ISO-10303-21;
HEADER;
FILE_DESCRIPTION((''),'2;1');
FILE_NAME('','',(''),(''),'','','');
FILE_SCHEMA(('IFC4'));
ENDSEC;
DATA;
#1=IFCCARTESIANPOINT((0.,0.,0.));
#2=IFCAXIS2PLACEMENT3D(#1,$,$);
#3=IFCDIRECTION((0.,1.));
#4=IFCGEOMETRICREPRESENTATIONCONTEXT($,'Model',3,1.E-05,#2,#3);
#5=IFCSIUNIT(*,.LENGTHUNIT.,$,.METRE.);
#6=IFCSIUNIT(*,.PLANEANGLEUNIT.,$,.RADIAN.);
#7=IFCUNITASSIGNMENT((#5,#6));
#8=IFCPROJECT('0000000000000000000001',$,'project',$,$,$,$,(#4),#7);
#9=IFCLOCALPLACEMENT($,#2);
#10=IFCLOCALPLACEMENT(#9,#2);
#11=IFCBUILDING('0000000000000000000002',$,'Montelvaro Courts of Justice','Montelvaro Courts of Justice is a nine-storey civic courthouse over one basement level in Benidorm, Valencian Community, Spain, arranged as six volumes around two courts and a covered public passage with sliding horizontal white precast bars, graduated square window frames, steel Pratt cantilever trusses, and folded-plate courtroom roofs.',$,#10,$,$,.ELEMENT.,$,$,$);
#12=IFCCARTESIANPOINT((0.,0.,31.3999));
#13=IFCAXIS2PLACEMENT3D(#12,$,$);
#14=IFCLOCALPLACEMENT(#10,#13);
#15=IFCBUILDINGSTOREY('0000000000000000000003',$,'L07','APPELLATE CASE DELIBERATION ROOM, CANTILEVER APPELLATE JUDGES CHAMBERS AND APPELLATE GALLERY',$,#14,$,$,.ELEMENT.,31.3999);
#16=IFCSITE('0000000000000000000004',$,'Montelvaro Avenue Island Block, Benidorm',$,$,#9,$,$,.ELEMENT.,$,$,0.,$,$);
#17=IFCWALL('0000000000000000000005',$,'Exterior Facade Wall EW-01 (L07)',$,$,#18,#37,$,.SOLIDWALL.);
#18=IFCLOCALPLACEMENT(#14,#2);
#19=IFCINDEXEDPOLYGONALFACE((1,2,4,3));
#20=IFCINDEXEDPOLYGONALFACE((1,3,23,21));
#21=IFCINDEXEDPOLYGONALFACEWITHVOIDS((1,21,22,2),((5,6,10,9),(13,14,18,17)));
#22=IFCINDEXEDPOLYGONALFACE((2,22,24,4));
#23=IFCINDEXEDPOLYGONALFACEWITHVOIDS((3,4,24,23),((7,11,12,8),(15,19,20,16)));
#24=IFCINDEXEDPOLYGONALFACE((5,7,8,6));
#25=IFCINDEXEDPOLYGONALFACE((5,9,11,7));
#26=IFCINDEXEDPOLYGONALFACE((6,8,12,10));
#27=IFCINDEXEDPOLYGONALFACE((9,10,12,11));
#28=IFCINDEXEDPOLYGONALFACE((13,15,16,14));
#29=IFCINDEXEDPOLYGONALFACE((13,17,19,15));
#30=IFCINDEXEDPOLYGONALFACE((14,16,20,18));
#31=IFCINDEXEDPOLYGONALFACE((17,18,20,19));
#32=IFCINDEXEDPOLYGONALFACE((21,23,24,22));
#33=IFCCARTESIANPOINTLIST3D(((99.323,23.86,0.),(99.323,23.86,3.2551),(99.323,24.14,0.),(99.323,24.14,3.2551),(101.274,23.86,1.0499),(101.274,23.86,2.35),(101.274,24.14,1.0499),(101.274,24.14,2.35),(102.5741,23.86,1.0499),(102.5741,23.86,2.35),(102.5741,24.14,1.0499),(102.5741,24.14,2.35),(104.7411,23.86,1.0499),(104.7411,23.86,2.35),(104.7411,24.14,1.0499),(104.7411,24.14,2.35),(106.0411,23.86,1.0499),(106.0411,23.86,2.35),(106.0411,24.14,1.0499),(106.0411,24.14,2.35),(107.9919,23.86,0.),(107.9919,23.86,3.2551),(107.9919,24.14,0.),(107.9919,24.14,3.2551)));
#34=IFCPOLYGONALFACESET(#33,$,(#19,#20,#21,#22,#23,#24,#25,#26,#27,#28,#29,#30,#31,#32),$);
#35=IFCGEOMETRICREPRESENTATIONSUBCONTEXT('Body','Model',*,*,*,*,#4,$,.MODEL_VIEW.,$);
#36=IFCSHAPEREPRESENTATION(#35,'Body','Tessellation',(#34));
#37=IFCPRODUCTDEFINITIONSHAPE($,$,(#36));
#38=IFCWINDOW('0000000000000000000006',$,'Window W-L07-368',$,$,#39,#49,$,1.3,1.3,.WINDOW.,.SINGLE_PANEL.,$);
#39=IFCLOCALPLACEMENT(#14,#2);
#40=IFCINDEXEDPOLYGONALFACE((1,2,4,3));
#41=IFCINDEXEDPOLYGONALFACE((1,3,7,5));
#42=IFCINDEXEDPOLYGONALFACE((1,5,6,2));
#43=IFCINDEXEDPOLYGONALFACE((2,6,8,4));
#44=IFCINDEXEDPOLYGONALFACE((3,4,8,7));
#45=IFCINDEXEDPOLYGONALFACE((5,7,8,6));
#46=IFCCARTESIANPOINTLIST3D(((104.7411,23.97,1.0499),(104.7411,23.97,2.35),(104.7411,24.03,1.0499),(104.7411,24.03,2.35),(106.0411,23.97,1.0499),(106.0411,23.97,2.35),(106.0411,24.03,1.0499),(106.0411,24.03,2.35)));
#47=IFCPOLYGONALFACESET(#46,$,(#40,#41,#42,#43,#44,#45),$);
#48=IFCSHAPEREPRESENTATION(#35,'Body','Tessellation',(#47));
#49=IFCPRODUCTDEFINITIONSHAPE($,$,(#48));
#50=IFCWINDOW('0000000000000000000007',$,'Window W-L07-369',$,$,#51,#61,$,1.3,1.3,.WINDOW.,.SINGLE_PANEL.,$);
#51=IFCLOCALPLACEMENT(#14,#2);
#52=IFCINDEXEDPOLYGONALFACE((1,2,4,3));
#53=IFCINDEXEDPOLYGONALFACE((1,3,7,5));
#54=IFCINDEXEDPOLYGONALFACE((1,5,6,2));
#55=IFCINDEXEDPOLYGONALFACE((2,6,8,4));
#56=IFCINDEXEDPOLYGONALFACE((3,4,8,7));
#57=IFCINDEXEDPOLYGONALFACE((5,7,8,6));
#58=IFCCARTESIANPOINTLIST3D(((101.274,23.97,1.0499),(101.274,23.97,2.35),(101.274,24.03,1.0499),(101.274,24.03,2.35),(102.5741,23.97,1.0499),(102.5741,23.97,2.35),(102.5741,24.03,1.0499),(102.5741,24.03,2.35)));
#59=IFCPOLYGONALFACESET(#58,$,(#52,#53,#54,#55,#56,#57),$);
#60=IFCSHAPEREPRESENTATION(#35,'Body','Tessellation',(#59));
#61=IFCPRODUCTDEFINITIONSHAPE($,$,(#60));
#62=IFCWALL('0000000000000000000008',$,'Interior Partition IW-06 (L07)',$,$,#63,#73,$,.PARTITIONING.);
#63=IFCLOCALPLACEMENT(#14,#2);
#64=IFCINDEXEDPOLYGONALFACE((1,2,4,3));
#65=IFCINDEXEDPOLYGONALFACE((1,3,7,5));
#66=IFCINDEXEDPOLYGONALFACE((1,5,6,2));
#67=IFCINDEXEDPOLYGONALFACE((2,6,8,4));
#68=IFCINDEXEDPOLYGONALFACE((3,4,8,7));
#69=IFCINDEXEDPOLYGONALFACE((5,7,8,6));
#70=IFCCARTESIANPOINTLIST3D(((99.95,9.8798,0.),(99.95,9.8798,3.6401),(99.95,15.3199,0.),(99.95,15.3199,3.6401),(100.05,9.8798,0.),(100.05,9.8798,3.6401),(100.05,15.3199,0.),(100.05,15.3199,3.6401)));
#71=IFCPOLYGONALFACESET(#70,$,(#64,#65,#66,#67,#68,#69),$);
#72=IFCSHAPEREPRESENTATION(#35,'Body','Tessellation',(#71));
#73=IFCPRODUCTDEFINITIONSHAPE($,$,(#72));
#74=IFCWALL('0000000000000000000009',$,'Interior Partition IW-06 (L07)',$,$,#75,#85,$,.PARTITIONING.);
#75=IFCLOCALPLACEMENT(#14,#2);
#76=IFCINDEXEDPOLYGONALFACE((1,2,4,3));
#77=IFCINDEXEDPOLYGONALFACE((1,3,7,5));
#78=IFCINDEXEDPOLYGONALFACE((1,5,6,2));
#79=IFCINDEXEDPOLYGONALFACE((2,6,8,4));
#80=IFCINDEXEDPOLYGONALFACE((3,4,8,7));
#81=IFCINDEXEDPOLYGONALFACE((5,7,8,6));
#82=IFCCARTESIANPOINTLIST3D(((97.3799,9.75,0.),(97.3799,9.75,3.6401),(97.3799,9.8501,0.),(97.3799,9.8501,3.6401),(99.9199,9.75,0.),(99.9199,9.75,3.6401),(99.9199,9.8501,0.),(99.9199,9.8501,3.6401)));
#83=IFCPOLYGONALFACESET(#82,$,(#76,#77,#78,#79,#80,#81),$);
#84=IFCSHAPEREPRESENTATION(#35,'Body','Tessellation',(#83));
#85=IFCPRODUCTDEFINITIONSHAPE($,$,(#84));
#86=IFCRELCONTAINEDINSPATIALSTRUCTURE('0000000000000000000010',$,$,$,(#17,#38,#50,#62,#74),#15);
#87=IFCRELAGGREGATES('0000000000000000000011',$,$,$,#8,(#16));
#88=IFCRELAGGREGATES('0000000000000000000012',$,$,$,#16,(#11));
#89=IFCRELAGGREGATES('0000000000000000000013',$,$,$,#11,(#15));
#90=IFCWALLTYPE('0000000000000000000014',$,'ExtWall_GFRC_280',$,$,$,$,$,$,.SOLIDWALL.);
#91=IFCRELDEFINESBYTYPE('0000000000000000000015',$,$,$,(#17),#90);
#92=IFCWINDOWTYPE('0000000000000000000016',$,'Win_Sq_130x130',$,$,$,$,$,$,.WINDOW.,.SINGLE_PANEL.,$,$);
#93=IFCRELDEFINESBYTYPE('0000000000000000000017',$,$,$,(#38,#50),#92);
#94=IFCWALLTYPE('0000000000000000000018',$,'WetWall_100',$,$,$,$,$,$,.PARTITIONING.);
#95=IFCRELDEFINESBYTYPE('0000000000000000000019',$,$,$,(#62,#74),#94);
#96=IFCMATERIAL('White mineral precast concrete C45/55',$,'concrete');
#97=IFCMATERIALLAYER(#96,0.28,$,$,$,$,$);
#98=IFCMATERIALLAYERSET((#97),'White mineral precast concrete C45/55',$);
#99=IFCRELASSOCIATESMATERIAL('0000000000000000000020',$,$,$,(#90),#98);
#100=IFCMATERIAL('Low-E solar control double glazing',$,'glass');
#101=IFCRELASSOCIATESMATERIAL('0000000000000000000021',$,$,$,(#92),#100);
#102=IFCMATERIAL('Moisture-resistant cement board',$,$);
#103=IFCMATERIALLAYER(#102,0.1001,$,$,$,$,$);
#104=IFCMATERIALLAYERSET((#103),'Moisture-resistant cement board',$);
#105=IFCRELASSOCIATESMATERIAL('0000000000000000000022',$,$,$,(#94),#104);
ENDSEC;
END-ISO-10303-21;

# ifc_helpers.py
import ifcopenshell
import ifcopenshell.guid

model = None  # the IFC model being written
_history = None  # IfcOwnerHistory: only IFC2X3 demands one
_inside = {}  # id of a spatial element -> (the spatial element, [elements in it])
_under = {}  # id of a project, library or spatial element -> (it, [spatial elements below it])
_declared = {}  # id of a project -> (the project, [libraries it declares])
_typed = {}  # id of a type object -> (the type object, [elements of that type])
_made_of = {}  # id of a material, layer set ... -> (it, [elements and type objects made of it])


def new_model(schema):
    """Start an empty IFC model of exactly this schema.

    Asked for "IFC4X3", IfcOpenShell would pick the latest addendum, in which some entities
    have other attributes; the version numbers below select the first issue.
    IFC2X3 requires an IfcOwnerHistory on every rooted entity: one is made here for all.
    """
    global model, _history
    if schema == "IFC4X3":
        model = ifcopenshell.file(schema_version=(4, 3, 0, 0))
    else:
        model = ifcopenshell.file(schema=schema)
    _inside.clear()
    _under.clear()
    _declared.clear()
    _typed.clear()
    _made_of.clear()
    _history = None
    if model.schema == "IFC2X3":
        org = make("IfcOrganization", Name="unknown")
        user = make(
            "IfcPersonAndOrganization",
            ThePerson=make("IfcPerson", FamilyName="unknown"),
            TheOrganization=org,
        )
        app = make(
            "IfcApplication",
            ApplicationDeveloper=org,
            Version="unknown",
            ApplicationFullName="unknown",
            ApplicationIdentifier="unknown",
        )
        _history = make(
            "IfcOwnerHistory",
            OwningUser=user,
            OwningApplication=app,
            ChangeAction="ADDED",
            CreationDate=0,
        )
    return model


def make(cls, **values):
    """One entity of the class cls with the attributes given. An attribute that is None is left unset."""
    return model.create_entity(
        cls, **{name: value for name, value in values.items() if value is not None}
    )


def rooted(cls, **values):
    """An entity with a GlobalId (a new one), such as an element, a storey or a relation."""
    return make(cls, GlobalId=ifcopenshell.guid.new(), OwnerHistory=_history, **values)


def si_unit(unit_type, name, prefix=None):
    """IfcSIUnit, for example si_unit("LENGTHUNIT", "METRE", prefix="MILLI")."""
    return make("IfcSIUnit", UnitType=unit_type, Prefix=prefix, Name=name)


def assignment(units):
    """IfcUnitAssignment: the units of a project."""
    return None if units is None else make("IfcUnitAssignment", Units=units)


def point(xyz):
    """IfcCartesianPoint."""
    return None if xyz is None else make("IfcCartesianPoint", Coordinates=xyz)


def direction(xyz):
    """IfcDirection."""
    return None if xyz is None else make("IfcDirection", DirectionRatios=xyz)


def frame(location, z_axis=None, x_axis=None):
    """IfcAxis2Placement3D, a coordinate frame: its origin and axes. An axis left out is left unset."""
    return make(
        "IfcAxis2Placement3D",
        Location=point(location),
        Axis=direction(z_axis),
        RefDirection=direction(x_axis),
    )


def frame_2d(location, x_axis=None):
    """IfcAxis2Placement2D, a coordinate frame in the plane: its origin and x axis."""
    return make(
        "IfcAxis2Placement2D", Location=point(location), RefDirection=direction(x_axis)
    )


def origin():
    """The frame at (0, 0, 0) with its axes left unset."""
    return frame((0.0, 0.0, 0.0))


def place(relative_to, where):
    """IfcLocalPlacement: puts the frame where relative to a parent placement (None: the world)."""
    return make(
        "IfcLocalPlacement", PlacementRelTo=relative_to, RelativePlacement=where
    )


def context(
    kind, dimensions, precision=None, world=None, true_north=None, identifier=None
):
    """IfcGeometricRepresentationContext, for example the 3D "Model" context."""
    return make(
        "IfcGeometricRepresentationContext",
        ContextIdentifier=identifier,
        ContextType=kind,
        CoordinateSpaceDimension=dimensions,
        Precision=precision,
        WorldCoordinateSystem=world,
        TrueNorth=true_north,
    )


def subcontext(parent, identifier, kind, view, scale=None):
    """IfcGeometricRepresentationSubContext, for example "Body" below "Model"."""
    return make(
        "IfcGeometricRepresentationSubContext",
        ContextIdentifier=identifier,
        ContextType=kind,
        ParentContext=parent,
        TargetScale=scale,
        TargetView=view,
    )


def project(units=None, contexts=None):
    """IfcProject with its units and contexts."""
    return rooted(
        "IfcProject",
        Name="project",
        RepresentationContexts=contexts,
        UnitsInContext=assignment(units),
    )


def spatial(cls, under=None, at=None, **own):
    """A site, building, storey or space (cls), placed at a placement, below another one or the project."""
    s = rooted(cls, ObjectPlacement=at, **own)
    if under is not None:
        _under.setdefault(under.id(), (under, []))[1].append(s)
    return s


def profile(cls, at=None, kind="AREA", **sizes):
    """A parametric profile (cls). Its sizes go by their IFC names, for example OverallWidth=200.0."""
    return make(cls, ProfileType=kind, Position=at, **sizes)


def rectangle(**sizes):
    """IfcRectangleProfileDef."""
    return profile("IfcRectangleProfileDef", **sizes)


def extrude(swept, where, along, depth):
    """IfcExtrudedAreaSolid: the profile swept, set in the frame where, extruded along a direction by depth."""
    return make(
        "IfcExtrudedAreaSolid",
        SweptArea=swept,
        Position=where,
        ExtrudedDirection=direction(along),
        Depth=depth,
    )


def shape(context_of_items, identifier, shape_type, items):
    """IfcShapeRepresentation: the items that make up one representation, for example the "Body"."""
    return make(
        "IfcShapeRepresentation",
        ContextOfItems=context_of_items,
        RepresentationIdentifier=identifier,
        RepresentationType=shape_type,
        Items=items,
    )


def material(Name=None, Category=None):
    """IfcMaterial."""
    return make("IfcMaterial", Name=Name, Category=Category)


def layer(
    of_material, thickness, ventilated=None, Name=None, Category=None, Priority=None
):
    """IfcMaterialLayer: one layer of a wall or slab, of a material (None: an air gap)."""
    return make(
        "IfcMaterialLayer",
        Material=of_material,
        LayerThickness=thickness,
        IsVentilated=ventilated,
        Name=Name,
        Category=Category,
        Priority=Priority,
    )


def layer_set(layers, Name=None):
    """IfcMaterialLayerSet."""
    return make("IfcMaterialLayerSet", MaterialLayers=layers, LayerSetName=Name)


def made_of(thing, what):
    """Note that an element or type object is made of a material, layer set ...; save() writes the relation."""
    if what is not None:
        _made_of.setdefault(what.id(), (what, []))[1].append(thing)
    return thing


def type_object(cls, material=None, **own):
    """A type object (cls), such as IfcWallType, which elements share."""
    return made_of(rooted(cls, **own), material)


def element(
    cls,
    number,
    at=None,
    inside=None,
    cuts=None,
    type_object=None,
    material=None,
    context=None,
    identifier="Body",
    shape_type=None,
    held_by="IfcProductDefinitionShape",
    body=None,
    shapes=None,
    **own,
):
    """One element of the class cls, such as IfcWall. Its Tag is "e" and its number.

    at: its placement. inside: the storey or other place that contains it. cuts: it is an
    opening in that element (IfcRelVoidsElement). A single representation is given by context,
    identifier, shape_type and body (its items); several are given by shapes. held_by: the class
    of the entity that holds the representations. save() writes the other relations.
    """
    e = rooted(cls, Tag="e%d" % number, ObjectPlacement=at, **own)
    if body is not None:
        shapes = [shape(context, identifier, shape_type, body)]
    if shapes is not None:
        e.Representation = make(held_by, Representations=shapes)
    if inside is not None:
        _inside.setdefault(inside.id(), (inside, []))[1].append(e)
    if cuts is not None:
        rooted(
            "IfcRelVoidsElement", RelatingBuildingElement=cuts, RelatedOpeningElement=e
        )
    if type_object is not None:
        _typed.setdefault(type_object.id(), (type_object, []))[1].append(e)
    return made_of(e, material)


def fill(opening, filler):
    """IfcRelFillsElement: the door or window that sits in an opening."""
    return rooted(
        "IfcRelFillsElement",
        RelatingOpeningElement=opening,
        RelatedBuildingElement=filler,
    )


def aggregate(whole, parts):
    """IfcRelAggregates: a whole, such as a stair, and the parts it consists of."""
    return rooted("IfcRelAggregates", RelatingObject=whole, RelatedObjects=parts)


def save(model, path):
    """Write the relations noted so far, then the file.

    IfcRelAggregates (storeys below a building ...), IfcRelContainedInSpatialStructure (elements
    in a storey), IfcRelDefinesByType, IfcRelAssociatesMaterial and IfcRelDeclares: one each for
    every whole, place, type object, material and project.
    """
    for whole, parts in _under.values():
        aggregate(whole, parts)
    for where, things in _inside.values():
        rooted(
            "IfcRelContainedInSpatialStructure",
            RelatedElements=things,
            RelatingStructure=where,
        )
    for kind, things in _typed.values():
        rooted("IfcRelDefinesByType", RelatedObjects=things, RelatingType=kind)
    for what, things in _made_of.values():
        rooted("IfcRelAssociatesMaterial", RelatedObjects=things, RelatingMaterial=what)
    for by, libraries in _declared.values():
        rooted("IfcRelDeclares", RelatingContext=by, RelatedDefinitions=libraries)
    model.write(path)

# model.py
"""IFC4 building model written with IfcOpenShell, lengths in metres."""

from ifc_helpers import new_model, si_unit, direction, frame, frame_2d, origin, place, context, subcontext, project, spatial, rectangle, extrude, material, layer, layer_set, type_object, element, fill, save


model = new_model("IFC4")

# Units and contexts
model_context = context("Model", 3, precision=1e-05, world=origin(), true_north=direction((0.0, 1.0)))
body_context = subcontext(model_context, "Body", "Model", "MODEL_VIEW")
ifc_project = project(units=[si_unit("LENGTHUNIT", "METRE"), si_unit("PLANEANGLEUNIT", "RADIAN")], contexts=[model_context])

# Site, building, storey
site_placement = place(None, origin())
site = spatial("IfcSite", under=ifc_project, at=site_placement, Name="Montelvaro Avenue Island Block, Benidorm", CompositionType="ELEMENT", RefElevation=0.0)
building_placement = place(site_placement, origin())
building = spatial("IfcBuilding", under=site, at=building_placement, Name="Montelvaro Courts of Justice", Description="Montelvaro Courts of Justice is a nine-storey civic courthouse over one basement level in Benidorm, Valencian Community, Spain, arranged as six volumes around two courts and a covered public passage with sliding horizontal white precast bars, graduated square window frames, steel Pratt cantilever trusses, and folded-plate courtroom roofs.", CompositionType="ELEMENT")
storey_placement = place(building_placement, frame((0.0, 0.0, 31.3999)))
storey = spatial("IfcBuildingStorey", under=building, at=storey_placement, Name="L07", Description="APPELLATE CASE DELIBERATION ROOM, CANTILEVER APPELLATE JUDGES CHAMBERS AND APPELLATE GALLERY", CompositionType="ELEMENT", Elevation=31.3999)

# Shared definitions
ifc_material_1 = material(Name="White mineral precast concrete C45/55", Category="concrete")

# Wall, openings, windows
ifc_layer_1 = layer(ifc_material_1, 0.28)
ifc_layer_set_1 = layer_set([ifc_layer_1], Name="White mineral precast concrete C45/55")
wall_type_1 = type_object("IfcWallType", Name="ExtWall_GFRC_280", PredefinedType="SOLIDWALL", material=ifc_layer_set_1)
wall_1_placement = place(storey_placement, frame((107.9919, 24.0, 0.0), z_axis=(0.0, 0.0, 1.0), x_axis=(-1.0, 0.0, 0.0)))
wall_1 = element("IfcWall", 1, at=wall_1_placement, inside=storey, type_object=wall_type_1, Name="Exterior Facade Wall EW-01 (L07)", PredefinedType="SOLIDWALL", context=body_context, shape_type="SweptSolid", body=[
    extrude(rectangle(XDim=8.6689, YDim=0.28, at=frame_2d((4.3345, 0.0))), origin(), (0.0, 0.0, 1.0), 3.2551),
])
opening_1_placement = place(wall_1_placement, frame((1.9509, 0.0, 1.05)))
opening_1 = element("IfcOpeningElement", 2, at=opening_1_placement, cuts=wall_1, PredefinedType="OPENING", context=body_context, shape_type="SweptSolid", body=[
    extrude(rectangle(XDim=1.3, YDim=1.3, at=frame_2d((0.6499, 0.6499))), frame((0.0, 0.1548, 0.0), z_axis=(0.0, -1.0, 0.0), x_axis=(1.0, 0.0, 0.0)), (0.0, 0.0, 1.0), 0.3098),
])
opening_2_placement = place(wall_1_placement, frame((5.418, 0.0, 1.05)))
opening_2 = element("IfcOpeningElement", 3, at=opening_2_placement, cuts=wall_1, PredefinedType="OPENING", context=body_context, shape_type="SweptSolid", body=[
    extrude(rectangle(XDim=1.3, YDim=1.3, at=frame_2d((0.6499, 0.6499))), frame((0.0, 0.1548, 0.0), z_axis=(0.0, -1.0, 0.0), x_axis=(1.0, 0.0, 0.0)), (0.0, 0.0, 1.0), 0.3098),
])
ifc_material_2 = material(Name="Low-E solar control double glazing", Category="glass")
window_type = type_object("IfcWindowType", Name="Win_Sq_130x130", PartitioningType="SINGLE_PANEL", PredefinedType="WINDOW", material=ifc_material_2)
window_1_placement = place(opening_1_placement, origin())
window_1 = element("IfcWindow", 4, at=window_1_placement, inside=storey, type_object=window_type, Name="Window W-L07-368", OverallHeight=1.3, OverallWidth=1.3, PartitioningType="SINGLE_PANEL", PredefinedType="WINDOW", context=body_context, shape_type="SweptSolid", body=[
    extrude(rectangle(XDim=1.3, YDim=1.3, at=frame_2d((0.6499, 0.6499))), frame((0.0, 0.03, 0.0), z_axis=(0.0, -1.0, 0.0), x_axis=(1.0, 0.0, 0.0)), (0.0, 0.0, 1.0), 0.0601),
])
fill(opening_1, window_1)
window_2_placement = place(opening_2_placement, origin())
window_2 = element("IfcWindow", 5, at=window_2_placement, inside=storey, type_object=window_type, Name="Window W-L07-369", OverallHeight=1.3, OverallWidth=1.3, PartitioningType="SINGLE_PANEL", PredefinedType="WINDOW", context=body_context, shape_type="SweptSolid", body=[
    extrude(rectangle(XDim=1.3, YDim=1.3, at=frame_2d((0.6499, 0.6499))), frame((0.0, 0.03, 0.0), z_axis=(0.0, -1.0, 0.0), x_axis=(1.0, 0.0, 0.0)), (0.0, 0.0, 1.0), 0.0601),
])
fill(opening_2, window_2)

# Walls
ifc_material_3 = material(Name="Moisture-resistant cement board")
ifc_layer_2 = layer(ifc_material_3, 0.1001)
ifc_layer_set_2 = layer_set([ifc_layer_2], Name="Moisture-resistant cement board")
wall_type_2 = type_object("IfcWallType", Name="WetWall_100", PredefinedType="PARTITIONING", material=ifc_layer_set_2)
wall_2_placement = place(storey_placement, frame((100.0, 15.3201, 0.0), z_axis=(0.0, 0.0, 1.0), x_axis=(0.0, -1.0, 0.0)))
element("IfcWall", 6, at=wall_2_placement, inside=storey, type_object=wall_type_2, Name="Interior Partition IW-06 (L07)", PredefinedType="PARTITIONING", context=body_context, shape_type="SweptSolid", body=[
    extrude(rectangle(XDim=5.4402, YDim=0.1001, at=frame_2d((2.7202, 0.0))), origin(), (0.0, 0.0, 1.0), 3.6401),
])
wall_3_placement = place(storey_placement, frame((99.9199, 9.8, 0.0), z_axis=(0.0, 0.0, 1.0), x_axis=(-1.0, 0.0, 0.0)))
element("IfcWall", 7, at=wall_3_placement, inside=storey, type_object=wall_type_2, Name="Interior Partition IW-06 (L07)", PredefinedType="PARTITIONING", context=body_context, shape_type="SweptSolid", body=[
    extrude(rectangle(XDim=2.54, YDim=0.1001, at=frame_2d((1.27, 0.0))), origin(), (0.0, 0.0, 1.0), 3.6401),
])

save(model, "model.ifc")
